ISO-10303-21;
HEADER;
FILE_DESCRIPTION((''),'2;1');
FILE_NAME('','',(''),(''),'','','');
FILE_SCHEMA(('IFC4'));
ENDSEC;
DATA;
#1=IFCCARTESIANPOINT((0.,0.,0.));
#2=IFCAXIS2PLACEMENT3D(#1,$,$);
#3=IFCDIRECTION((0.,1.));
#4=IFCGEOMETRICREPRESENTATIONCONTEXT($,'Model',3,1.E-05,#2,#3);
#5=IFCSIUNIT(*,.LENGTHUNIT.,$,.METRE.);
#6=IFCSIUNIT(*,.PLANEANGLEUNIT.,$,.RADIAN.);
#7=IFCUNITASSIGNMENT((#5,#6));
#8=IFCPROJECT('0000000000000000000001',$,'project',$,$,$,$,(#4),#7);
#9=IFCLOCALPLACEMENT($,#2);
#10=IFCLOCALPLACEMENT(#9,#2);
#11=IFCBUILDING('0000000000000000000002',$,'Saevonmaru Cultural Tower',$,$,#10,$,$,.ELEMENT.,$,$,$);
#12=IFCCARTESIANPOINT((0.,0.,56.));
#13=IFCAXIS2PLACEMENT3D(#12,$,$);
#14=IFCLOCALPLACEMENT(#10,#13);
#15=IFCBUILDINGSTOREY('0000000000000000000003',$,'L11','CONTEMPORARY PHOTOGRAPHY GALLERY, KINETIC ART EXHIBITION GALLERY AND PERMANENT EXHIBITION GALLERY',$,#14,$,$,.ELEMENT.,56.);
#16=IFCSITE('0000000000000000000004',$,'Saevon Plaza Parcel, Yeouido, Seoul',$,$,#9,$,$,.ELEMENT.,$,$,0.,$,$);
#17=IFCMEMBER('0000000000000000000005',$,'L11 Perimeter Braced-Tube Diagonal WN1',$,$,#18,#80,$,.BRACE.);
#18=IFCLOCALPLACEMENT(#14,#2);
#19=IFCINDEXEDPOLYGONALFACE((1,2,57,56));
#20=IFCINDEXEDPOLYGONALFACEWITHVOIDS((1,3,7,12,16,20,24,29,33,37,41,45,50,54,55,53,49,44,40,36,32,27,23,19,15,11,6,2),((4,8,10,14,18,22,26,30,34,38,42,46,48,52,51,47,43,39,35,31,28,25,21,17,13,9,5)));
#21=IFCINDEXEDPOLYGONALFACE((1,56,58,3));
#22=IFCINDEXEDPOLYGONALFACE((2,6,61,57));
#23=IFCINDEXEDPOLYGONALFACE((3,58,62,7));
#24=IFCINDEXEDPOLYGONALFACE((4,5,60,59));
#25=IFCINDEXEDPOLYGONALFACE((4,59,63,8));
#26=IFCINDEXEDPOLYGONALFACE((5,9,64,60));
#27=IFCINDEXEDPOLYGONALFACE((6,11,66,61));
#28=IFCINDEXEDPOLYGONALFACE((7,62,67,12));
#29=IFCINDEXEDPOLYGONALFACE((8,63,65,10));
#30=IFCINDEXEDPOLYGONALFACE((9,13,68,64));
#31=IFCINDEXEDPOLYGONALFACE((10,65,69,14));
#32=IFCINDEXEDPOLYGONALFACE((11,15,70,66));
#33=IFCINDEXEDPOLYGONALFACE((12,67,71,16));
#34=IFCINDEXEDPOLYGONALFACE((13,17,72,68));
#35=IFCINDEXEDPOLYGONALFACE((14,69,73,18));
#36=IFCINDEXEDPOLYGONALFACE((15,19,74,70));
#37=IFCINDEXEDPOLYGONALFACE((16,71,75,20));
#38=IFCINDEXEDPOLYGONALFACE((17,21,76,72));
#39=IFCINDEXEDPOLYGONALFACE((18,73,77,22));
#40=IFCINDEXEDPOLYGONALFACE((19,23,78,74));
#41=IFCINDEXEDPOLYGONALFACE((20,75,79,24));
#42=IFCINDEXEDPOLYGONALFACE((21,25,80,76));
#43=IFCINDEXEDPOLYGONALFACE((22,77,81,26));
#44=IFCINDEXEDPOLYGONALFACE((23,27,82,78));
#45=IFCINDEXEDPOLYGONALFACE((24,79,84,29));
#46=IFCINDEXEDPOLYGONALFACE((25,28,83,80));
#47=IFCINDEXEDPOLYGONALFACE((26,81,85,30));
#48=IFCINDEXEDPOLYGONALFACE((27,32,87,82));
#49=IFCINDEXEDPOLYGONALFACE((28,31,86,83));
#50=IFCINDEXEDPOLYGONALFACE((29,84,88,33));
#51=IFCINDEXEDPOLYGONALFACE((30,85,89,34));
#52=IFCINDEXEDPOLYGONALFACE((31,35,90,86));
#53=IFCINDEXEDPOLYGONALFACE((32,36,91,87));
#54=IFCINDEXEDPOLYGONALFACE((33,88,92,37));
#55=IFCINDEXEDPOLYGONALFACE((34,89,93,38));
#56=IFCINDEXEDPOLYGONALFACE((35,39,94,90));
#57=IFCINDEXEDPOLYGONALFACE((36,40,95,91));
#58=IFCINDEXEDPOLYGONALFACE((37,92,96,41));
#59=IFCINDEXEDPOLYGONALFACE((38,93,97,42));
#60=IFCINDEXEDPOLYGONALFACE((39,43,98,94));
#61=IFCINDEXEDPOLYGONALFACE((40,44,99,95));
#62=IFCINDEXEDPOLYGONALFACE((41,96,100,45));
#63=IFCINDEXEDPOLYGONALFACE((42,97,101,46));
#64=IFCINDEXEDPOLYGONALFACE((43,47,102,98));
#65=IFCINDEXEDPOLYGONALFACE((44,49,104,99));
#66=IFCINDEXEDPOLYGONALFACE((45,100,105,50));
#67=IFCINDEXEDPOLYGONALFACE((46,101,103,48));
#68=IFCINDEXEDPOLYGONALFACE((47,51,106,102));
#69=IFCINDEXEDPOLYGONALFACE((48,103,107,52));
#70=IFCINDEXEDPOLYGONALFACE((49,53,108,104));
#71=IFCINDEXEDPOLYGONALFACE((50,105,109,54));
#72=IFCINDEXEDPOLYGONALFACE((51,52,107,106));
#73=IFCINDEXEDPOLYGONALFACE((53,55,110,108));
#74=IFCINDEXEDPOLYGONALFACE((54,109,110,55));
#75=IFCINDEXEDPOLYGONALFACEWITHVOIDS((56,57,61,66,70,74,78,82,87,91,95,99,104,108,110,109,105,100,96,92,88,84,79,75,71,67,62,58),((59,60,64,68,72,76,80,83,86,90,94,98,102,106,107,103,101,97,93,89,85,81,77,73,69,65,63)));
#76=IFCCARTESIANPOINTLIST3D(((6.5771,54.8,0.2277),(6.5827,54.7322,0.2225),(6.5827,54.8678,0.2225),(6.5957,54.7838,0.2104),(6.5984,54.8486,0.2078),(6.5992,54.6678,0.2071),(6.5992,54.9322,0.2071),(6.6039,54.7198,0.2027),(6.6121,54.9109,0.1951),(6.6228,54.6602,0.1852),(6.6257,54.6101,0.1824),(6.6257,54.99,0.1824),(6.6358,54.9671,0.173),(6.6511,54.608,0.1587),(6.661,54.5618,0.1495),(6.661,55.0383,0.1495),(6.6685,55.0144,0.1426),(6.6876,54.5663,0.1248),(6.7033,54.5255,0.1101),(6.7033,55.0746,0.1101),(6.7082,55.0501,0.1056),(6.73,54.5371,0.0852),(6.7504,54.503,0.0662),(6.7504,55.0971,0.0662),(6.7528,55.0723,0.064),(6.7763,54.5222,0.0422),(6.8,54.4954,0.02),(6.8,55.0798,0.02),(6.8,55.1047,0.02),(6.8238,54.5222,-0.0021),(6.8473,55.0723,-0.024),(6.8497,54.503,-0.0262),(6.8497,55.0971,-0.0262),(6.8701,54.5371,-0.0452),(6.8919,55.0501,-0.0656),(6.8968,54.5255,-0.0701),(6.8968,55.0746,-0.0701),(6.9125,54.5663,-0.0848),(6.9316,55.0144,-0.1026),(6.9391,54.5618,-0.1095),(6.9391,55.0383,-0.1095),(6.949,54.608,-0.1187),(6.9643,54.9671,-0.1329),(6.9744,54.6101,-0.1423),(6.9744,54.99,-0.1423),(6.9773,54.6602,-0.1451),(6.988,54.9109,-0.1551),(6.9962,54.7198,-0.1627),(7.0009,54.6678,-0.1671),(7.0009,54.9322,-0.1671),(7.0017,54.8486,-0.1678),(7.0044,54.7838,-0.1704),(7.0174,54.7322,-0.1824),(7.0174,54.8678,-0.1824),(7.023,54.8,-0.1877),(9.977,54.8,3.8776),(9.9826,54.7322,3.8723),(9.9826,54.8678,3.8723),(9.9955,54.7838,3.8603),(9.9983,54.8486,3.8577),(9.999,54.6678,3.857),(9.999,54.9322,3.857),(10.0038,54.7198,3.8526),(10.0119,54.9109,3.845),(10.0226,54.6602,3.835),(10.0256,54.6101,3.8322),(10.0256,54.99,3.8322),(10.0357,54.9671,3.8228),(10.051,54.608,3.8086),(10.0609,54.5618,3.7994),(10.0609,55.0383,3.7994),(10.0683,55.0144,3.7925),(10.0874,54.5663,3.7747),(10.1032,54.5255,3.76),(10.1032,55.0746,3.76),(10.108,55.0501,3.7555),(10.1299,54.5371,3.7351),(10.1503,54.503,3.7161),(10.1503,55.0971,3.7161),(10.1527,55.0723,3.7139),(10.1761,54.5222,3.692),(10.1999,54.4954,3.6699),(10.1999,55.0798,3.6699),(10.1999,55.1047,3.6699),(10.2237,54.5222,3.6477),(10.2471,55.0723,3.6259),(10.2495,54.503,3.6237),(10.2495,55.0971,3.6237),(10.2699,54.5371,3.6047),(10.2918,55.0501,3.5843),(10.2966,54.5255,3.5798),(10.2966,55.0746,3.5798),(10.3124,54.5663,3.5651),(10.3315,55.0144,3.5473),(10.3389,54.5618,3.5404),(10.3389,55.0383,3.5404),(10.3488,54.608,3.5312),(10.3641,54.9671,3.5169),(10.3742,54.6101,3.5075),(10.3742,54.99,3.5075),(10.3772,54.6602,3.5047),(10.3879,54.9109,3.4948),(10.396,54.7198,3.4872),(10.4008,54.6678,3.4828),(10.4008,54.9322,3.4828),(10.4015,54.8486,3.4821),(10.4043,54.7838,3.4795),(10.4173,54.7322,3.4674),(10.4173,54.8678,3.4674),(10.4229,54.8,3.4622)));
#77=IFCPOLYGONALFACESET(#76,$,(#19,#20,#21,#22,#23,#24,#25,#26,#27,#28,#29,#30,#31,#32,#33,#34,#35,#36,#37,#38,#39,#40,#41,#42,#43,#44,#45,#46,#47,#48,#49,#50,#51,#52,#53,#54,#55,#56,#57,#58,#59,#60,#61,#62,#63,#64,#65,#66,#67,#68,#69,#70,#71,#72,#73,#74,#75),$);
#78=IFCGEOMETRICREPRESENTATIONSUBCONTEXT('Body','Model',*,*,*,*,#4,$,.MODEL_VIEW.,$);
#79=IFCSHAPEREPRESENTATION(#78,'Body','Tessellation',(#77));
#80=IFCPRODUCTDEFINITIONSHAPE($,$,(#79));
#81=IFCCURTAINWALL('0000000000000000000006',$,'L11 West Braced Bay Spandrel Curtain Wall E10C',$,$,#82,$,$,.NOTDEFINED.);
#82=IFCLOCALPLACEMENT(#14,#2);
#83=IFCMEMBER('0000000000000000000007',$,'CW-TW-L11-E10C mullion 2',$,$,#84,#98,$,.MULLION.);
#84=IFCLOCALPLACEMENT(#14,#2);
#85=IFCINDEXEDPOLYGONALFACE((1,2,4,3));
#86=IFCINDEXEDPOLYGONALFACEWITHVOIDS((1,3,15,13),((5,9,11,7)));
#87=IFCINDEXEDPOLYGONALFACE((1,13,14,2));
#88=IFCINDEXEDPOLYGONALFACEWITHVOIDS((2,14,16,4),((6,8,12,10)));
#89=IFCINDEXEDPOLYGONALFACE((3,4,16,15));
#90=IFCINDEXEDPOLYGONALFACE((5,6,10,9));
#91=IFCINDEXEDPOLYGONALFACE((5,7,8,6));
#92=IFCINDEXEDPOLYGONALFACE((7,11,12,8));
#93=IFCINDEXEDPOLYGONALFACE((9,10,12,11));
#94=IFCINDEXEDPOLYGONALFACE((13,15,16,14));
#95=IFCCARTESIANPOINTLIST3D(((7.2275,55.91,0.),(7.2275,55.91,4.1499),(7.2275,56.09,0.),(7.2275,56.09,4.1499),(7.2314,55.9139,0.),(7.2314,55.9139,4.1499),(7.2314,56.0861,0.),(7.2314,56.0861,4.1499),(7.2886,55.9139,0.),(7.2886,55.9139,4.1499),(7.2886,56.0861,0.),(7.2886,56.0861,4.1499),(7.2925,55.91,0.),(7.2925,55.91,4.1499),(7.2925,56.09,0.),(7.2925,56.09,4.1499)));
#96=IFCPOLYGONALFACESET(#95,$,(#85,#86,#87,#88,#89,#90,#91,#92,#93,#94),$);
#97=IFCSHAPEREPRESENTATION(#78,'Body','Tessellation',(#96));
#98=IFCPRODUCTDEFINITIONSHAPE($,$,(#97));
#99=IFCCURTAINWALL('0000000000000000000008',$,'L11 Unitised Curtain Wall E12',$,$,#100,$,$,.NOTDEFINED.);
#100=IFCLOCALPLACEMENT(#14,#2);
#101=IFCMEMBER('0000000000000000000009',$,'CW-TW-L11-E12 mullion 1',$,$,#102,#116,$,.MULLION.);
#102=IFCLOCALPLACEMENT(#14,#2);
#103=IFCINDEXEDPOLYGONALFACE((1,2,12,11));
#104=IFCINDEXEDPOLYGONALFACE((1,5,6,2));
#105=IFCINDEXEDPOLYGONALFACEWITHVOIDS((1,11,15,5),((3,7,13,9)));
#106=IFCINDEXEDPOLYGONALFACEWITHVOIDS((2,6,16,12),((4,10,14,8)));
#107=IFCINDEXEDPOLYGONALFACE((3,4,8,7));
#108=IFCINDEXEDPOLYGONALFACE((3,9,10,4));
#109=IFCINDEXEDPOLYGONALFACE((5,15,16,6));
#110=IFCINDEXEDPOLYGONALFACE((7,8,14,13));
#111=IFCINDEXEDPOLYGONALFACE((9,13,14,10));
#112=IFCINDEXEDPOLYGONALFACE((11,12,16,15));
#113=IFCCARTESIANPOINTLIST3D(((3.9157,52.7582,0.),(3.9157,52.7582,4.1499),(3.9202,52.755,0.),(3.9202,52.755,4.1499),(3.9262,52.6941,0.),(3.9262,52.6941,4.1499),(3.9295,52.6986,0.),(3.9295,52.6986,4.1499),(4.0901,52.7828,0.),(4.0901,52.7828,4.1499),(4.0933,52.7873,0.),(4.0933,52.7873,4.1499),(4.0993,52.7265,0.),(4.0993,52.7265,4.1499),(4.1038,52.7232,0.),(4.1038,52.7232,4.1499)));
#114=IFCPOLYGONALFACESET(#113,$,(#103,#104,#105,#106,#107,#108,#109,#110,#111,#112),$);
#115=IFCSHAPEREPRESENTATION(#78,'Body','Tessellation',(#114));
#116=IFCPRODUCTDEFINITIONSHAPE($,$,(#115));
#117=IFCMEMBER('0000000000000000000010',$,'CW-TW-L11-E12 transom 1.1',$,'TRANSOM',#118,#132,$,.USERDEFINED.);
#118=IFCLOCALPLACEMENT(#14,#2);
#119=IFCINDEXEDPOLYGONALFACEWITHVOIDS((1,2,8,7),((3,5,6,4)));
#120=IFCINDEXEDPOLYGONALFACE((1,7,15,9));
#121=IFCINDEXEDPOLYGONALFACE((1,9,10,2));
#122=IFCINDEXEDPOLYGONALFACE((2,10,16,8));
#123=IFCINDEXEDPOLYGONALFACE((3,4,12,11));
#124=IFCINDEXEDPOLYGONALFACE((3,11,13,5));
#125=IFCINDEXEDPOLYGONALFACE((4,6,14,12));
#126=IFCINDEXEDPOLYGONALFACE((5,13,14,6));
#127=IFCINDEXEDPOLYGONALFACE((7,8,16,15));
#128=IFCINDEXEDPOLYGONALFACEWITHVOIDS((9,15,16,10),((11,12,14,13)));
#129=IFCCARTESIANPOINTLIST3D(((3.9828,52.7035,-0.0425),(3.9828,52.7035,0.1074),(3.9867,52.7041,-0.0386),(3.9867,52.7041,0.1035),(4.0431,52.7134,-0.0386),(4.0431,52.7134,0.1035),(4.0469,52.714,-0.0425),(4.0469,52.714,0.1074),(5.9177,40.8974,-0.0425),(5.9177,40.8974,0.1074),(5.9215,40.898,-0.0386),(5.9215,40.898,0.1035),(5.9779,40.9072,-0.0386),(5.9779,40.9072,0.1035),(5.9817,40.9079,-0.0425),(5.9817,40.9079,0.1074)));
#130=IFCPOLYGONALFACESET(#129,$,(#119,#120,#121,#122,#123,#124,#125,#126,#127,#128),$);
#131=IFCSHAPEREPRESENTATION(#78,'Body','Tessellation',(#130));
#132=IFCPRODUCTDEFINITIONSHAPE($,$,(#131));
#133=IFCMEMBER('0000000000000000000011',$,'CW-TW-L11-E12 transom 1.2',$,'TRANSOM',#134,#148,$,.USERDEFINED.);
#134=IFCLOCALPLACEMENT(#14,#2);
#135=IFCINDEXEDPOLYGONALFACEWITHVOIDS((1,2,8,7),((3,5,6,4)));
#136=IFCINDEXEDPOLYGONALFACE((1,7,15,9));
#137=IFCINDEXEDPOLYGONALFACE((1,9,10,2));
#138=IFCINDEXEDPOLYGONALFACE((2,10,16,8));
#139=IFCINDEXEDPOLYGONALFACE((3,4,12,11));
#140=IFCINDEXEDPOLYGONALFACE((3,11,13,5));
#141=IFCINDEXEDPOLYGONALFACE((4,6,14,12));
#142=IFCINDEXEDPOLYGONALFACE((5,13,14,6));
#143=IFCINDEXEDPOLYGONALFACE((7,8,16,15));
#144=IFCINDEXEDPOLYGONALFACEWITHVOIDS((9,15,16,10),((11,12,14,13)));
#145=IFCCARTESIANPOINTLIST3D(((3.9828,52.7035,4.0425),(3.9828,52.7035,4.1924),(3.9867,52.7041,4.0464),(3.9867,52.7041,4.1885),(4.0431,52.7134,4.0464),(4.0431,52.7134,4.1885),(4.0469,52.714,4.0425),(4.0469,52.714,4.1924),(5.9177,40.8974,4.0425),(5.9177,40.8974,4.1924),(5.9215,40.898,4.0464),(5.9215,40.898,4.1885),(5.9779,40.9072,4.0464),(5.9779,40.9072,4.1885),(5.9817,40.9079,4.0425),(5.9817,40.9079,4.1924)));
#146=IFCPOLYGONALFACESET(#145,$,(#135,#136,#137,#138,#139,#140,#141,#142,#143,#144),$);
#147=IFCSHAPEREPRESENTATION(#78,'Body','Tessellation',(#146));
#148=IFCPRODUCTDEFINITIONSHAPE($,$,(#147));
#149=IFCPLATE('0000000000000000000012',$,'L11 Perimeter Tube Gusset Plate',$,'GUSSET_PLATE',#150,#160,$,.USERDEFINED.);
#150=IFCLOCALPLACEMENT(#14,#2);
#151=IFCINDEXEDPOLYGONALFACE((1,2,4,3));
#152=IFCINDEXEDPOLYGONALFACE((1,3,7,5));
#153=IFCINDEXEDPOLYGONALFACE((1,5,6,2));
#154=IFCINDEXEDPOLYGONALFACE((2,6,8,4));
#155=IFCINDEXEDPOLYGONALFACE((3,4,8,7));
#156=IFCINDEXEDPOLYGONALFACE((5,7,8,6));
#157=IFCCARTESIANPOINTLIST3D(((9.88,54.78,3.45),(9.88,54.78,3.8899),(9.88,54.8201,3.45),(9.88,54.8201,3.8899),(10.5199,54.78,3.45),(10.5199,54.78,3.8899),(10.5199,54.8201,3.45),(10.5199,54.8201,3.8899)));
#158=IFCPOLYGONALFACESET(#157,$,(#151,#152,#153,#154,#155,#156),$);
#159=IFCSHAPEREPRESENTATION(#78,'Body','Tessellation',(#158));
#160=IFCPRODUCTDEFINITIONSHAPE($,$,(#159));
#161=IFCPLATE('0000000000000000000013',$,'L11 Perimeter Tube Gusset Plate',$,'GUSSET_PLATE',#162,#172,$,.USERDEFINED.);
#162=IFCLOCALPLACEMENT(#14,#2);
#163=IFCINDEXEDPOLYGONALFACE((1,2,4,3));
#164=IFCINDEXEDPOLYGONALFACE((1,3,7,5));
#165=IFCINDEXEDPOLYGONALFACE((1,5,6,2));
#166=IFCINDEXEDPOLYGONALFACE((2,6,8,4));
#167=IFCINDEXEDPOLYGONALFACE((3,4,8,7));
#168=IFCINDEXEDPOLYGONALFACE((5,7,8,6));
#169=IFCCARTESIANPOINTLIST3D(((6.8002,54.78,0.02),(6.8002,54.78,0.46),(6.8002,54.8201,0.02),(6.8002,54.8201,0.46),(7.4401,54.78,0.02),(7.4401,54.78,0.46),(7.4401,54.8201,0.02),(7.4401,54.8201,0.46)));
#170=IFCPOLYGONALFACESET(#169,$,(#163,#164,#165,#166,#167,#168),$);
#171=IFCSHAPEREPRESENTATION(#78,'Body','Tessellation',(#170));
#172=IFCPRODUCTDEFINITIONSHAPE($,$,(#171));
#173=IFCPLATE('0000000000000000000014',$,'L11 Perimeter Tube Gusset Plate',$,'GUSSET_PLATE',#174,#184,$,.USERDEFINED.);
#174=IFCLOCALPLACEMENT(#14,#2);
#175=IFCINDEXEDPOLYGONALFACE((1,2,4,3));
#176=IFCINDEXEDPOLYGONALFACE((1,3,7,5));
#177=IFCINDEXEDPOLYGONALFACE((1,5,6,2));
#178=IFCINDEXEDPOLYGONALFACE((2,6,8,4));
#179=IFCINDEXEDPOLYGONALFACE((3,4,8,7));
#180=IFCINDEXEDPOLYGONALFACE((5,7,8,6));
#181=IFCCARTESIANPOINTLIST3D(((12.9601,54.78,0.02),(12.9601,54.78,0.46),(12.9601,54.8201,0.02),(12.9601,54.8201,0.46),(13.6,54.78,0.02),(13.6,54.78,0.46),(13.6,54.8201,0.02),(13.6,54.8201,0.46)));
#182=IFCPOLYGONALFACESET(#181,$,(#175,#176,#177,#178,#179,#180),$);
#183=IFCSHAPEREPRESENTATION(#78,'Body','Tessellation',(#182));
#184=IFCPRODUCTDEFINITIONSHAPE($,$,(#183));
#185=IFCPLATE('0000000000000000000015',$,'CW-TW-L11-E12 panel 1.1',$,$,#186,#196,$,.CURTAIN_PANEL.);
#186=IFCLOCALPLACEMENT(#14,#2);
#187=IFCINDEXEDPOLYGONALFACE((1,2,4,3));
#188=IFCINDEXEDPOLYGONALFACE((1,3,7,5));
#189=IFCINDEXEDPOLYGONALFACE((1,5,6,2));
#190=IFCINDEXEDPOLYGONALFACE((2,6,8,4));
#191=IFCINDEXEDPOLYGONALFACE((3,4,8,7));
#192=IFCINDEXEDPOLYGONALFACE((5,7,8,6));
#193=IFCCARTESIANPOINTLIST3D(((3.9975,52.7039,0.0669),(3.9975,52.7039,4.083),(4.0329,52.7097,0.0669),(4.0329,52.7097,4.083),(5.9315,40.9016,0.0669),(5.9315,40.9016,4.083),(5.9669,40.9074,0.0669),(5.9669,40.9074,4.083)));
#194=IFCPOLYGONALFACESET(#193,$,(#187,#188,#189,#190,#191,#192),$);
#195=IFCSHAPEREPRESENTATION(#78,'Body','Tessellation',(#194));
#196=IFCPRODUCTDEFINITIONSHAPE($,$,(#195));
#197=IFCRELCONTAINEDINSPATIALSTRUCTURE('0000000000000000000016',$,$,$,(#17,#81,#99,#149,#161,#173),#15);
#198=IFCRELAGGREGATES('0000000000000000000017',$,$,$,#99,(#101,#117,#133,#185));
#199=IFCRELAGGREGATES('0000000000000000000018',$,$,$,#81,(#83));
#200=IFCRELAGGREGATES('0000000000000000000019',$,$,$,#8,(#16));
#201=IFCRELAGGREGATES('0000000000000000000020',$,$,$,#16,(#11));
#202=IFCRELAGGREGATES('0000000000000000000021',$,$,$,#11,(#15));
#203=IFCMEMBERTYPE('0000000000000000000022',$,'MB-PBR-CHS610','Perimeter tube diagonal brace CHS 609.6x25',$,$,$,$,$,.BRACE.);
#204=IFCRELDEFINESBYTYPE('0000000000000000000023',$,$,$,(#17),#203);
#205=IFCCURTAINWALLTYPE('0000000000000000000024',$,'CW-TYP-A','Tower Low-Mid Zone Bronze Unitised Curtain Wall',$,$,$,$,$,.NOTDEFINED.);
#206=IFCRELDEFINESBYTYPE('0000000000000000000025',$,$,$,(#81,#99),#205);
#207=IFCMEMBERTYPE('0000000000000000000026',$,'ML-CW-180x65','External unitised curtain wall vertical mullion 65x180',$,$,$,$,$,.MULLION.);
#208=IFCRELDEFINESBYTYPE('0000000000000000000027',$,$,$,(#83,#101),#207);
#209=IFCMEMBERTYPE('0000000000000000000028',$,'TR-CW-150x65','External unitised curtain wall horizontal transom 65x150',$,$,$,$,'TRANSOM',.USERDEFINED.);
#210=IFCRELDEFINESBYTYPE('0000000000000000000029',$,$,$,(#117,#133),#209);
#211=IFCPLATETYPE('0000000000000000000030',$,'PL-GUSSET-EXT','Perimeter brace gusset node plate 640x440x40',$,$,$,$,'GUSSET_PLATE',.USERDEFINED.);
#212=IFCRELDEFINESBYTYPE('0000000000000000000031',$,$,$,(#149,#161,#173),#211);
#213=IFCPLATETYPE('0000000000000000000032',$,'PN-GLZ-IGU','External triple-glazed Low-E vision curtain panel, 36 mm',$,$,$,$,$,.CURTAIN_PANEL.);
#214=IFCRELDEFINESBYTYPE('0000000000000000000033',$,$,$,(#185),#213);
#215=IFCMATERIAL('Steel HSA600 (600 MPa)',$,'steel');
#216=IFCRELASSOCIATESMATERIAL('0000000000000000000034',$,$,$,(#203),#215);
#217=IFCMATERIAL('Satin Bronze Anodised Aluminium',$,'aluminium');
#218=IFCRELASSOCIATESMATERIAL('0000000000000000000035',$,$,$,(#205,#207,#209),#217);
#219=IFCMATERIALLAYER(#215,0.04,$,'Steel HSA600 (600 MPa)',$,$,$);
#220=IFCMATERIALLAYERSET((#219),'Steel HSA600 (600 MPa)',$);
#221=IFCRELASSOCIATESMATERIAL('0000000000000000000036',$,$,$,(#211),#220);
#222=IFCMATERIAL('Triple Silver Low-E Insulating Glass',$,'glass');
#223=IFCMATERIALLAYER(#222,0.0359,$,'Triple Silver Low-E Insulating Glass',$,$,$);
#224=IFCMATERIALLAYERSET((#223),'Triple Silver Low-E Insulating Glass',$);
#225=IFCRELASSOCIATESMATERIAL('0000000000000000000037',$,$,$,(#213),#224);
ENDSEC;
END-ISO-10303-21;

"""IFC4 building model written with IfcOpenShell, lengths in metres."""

from ifc_helpers import new_model, si_unit, direction, frame, origin, origin_2d, place, context, subcontext, project, spatial, rectangle, hollow_rectangle, hollow_circle, extrude, material, layer, layer_set, material_profile, profile_set, type_object, element, aggregate, save


model = new_model("IFC4")

# Units and contexts
model_context = context("Model", 3, precision=1e-05, world=origin(), true_north=direction((0.0, 1.0)))
body_context = subcontext(model_context, "Body", "Model", "MODEL_VIEW")
ifc_project = project(units=[si_unit("LENGTHUNIT", "METRE"), si_unit("PLANEANGLEUNIT", "RADIAN")], contexts=[model_context])

# Site, building, storey
site_placement = place(None, origin())
site = spatial("IfcSite", under=ifc_project, at=site_placement, Name="Saevon Plaza Parcel, Yeouido, Seoul", CompositionType="ELEMENT", RefElevation=0.0)
building_placement = place(site_placement, origin())
building = spatial("IfcBuilding", under=site, at=building_placement, Name="Saevonmaru Cultural Tower", CompositionType="ELEMENT")
storey_placement = place(building_placement, frame((0.0, 0.0, 56.0)))
storey = spatial("IfcBuildingStorey", under=building, at=storey_placement, Name="L11", Description="CONTEMPORARY PHOTOGRAPHY GALLERY, KINETIC ART EXHIBITION GALLERY AND PERMANENT EXHIBITION GALLERY", CompositionType="ELEMENT", Elevation=56.0)

# Shared definitions
ifc_material_1 = material(Name="Steel HSA600 (600 MPa)", Category="steel")

# Member
ifc_material_profile_1 = material_profile(ifc_material_1, hollow_circle(Radius=0.3047, WallThickness=0.0249, at=origin_2d()), Name="CHS-609.6x25")
ifc_profile_set_1 = profile_set([ifc_material_profile_1], Name="Steel HSA600 (600 MPa)")
member_type_1 = type_object("IfcMemberType", Name="MB-PBR-CHS610", Description="Perimeter tube diagonal brace CHS 609.6x25", PredefinedType="BRACE", material=ifc_profile_set_1)
member_1_placement = place(storey_placement, frame((6.8, 54.8, 0.02), z_axis=(0.681603, 0.0, 0.731722), x_axis=(0.0, 1.0, 0.0)))
element("IfcMember", 1, at=member_1_placement, inside=storey, type_object=member_type_1, Name="L11 Perimeter Braced-Tube Diagonal WN1", PredefinedType="BRACE", context=body_context, shape_type="SweptSolid", body=[
    extrude(hollow_circle(Radius=0.3047, WallThickness=0.0249, at=origin_2d()), origin(), (0.0, 0.0, 1.0), 4.988),
])

# Curtain wall, member
ifc_material_2 = material(Name="Satin Bronze Anodised Aluminium", Category="aluminium")
curtain_wall_type = type_object("IfcCurtainWallType", Name="CW-TYP-A", Description="Tower Low-Mid Zone Bronze Unitised Curtain Wall", PredefinedType="NOTDEFINED", material=ifc_material_2)
curtain_wall_1_placement = place(storey_placement, origin())
curtain_wall_1 = element("IfcCurtainWall", 2, at=curtain_wall_1_placement, inside=storey, type_object=curtain_wall_type, Name="L11 West Braced Bay Spandrel Curtain Wall E10C", PredefinedType="NOTDEFINED")
ifc_material_profile_2 = material_profile(ifc_material_2, hollow_rectangle(XDim=0.0649, YDim=0.1799, WallThickness=0.0039, at=origin_2d()), Name="ALU-MULL-180x65x4")
ifc_profile_set_2 = profile_set([ifc_material_profile_2], Name="Satin Bronze Anodised Aluminium")
member_type_2 = type_object("IfcMemberType", Name="ML-CW-180x65", Description="External unitised curtain wall vertical mullion 65x180", PredefinedType="MULLION", material=ifc_profile_set_2)
member_2_placement = place(storey_placement, frame((7.26, 56.0, 0.0), z_axis=(0.0, 0.0, 1.0), x_axis=(-1.0, 0.0, 0.0)))
member_2 = element("IfcMember", 3, at=member_2_placement, type_object=member_type_2, Name="CW-TW-L11-E10C mullion 2", PredefinedType="MULLION", context=body_context, shape_type="SweptSolid", body=[
    extrude(hollow_rectangle(XDim=0.0649, YDim=0.1799, WallThickness=0.0039, at=origin_2d()), origin(), (0.0, 0.0, 1.0), 4.1499),
])

# Curtain wall, members
curtain_wall_2_placement = place(storey_placement, origin())
curtain_wall_2 = element("IfcCurtainWall", 4, at=curtain_wall_2_placement, inside=storey, type_object=curtain_wall_type, Name="L11 Unitised Curtain Wall E12", PredefinedType="NOTDEFINED")
member_3_placement = place(storey_placement, frame((4.0098, 52.7407, 0.0), z_axis=(0.0, 0.0, 1.0), x_axis=(0.161709, -0.986839, 0.0)))
member_3 = element("IfcMember", 5, at=member_3_placement, type_object=member_type_2, Name="CW-TW-L11-E12 mullion 1", PredefinedType="MULLION", context=body_context, shape_type="SweptSolid", body=[
    extrude(hollow_rectangle(XDim=0.0649, YDim=0.1799, WallThickness=0.0039, at=origin_2d()), origin(), (0.0, 0.0, 1.0), 4.1499),
])
ifc_material_profile_3 = material_profile(ifc_material_2, hollow_rectangle(XDim=0.0649, YDim=0.1499, WallThickness=0.0039, at=origin_2d()), Name="ALU-TRAN-150x65x4")
ifc_profile_set_3 = profile_set([ifc_material_profile_3], Name="Satin Bronze Anodised Aluminium")
member_type_3 = type_object("IfcMemberType", Name="TR-CW-150x65", Description="External unitised curtain wall horizontal transom 65x150", ElementType="TRANSOM", PredefinedType="USERDEFINED", material=ifc_profile_set_3)
member_4_placement = place(storey_placement, frame((4.0149, 52.7087, 0.0325), z_axis=(0.161725, -0.986836, 0.0), x_axis=(0.986836, 0.161725, 0.0)))
member_4 = element("IfcMember", 6, at=member_4_placement, type_object=member_type_3, Name="CW-TW-L11-E12 transom 1.1", ObjectType="TRANSOM", PredefinedType="USERDEFINED", context=body_context, shape_type="SweptSolid", body=[
    extrude(hollow_rectangle(XDim=0.0649, YDim=0.1499, WallThickness=0.0039, at=origin_2d()), origin(), (0.0, 0.0, 1.0), 11.9636),
])
member_5_placement = place(storey_placement, frame((4.0149, 52.7087, 4.1174), z_axis=(0.161725, -0.986836, 0.0), x_axis=(0.986836, 0.161725, 0.0)))
member_5 = element("IfcMember", 7, at=member_5_placement, type_object=member_type_3, Name="CW-TW-L11-E12 transom 1.2", ObjectType="TRANSOM", PredefinedType="USERDEFINED", context=body_context, shape_type="SweptSolid", body=[
    extrude(hollow_rectangle(XDim=0.0649, YDim=0.1499, WallThickness=0.0039, at=origin_2d()), origin(), (0.0, 0.0, 1.0), 11.9636),
])

# Plates
ifc_layer_1 = layer(ifc_material_1, 0.04, Name="Steel HSA600 (600 MPa)")
ifc_layer_set_1 = layer_set([ifc_layer_1], Name="Steel HSA600 (600 MPa)")
plate_type_1 = type_object("IfcPlateType", Name="PL-GUSSET-EXT", Description="Perimeter brace gusset node plate 640x440x40", ElementType="GUSSET_PLATE", PredefinedType="USERDEFINED", material=ifc_layer_set_1)
for number, where, z_axis, x_axis, name in (
    (8, (10.2, 54.8, 3.45), (0.0, 0.0, 1.0), (1.0, 0.0, 0.0), "L11 Perimeter Tube Gusset Plate"),
    (9, (7.1201, 54.8, 0.02), (0.0, 0.0, 1.0), (1.0, 0.0, 0.0), "L11 Perimeter Tube Gusset Plate"),
    (10, (13.28, 54.8, 0.02), (0.0, 0.0, 1.0), (1.0, 0.0, 0.0), "L11 Perimeter Tube Gusset Plate"),
):
    element("IfcPlate", number, at=place(storey_placement, frame(where, z_axis=z_axis, x_axis=x_axis)), inside=storey, type_object=plate_type_1, Name=name, ObjectType="GUSSET_PLATE", PredefinedType="USERDEFINED", context=body_context, shape_type="SweptSolid", body=[
        extrude(rectangle(XDim=0.6399, YDim=0.04, at=origin_2d()), origin(), (0.0, 0.0, 1.0), 0.4399),
    ])

# Plate
ifc_material_3 = material(Name="Triple Silver Low-E Insulating Glass", Category="glass")
ifc_layer_2 = layer(ifc_material_3, 0.0359, Name="Triple Silver Low-E Insulating Glass")
ifc_layer_set_2 = layer_set([ifc_layer_2], Name="Triple Silver Low-E Insulating Glass")
plate_type_2 = type_object("IfcPlateType", Name="PN-GLZ-IGU", Description="External triple-glazed Low-E vision curtain panel, 36 mm", PredefinedType="CURTAIN_PANEL", material=ifc_layer_set_2)
plate_1_placement = place(storey_placement, frame((4.9822, 46.8057, 0.0669), z_axis=(0.0, 0.0, 1.0), x_axis=(0.161709, -0.986839, 0.0)))
plate_1 = element("IfcPlate", 11, at=plate_1_placement, type_object=plate_type_2, Name="CW-TW-L11-E12 panel 1.1", PredefinedType="CURTAIN_PANEL", context=body_context, shape_type="SweptSolid", body=[
    extrude(rectangle(XDim=11.9597, YDim=0.0359, at=origin_2d()), origin(), (0.0, 0.0, 1.0), 4.0161),
])
aggregate(curtain_wall_2, [member_3, member_4, member_5, plate_1])
aggregate(curtain_wall_1, [member_2])

save(model, "model.ifc")
